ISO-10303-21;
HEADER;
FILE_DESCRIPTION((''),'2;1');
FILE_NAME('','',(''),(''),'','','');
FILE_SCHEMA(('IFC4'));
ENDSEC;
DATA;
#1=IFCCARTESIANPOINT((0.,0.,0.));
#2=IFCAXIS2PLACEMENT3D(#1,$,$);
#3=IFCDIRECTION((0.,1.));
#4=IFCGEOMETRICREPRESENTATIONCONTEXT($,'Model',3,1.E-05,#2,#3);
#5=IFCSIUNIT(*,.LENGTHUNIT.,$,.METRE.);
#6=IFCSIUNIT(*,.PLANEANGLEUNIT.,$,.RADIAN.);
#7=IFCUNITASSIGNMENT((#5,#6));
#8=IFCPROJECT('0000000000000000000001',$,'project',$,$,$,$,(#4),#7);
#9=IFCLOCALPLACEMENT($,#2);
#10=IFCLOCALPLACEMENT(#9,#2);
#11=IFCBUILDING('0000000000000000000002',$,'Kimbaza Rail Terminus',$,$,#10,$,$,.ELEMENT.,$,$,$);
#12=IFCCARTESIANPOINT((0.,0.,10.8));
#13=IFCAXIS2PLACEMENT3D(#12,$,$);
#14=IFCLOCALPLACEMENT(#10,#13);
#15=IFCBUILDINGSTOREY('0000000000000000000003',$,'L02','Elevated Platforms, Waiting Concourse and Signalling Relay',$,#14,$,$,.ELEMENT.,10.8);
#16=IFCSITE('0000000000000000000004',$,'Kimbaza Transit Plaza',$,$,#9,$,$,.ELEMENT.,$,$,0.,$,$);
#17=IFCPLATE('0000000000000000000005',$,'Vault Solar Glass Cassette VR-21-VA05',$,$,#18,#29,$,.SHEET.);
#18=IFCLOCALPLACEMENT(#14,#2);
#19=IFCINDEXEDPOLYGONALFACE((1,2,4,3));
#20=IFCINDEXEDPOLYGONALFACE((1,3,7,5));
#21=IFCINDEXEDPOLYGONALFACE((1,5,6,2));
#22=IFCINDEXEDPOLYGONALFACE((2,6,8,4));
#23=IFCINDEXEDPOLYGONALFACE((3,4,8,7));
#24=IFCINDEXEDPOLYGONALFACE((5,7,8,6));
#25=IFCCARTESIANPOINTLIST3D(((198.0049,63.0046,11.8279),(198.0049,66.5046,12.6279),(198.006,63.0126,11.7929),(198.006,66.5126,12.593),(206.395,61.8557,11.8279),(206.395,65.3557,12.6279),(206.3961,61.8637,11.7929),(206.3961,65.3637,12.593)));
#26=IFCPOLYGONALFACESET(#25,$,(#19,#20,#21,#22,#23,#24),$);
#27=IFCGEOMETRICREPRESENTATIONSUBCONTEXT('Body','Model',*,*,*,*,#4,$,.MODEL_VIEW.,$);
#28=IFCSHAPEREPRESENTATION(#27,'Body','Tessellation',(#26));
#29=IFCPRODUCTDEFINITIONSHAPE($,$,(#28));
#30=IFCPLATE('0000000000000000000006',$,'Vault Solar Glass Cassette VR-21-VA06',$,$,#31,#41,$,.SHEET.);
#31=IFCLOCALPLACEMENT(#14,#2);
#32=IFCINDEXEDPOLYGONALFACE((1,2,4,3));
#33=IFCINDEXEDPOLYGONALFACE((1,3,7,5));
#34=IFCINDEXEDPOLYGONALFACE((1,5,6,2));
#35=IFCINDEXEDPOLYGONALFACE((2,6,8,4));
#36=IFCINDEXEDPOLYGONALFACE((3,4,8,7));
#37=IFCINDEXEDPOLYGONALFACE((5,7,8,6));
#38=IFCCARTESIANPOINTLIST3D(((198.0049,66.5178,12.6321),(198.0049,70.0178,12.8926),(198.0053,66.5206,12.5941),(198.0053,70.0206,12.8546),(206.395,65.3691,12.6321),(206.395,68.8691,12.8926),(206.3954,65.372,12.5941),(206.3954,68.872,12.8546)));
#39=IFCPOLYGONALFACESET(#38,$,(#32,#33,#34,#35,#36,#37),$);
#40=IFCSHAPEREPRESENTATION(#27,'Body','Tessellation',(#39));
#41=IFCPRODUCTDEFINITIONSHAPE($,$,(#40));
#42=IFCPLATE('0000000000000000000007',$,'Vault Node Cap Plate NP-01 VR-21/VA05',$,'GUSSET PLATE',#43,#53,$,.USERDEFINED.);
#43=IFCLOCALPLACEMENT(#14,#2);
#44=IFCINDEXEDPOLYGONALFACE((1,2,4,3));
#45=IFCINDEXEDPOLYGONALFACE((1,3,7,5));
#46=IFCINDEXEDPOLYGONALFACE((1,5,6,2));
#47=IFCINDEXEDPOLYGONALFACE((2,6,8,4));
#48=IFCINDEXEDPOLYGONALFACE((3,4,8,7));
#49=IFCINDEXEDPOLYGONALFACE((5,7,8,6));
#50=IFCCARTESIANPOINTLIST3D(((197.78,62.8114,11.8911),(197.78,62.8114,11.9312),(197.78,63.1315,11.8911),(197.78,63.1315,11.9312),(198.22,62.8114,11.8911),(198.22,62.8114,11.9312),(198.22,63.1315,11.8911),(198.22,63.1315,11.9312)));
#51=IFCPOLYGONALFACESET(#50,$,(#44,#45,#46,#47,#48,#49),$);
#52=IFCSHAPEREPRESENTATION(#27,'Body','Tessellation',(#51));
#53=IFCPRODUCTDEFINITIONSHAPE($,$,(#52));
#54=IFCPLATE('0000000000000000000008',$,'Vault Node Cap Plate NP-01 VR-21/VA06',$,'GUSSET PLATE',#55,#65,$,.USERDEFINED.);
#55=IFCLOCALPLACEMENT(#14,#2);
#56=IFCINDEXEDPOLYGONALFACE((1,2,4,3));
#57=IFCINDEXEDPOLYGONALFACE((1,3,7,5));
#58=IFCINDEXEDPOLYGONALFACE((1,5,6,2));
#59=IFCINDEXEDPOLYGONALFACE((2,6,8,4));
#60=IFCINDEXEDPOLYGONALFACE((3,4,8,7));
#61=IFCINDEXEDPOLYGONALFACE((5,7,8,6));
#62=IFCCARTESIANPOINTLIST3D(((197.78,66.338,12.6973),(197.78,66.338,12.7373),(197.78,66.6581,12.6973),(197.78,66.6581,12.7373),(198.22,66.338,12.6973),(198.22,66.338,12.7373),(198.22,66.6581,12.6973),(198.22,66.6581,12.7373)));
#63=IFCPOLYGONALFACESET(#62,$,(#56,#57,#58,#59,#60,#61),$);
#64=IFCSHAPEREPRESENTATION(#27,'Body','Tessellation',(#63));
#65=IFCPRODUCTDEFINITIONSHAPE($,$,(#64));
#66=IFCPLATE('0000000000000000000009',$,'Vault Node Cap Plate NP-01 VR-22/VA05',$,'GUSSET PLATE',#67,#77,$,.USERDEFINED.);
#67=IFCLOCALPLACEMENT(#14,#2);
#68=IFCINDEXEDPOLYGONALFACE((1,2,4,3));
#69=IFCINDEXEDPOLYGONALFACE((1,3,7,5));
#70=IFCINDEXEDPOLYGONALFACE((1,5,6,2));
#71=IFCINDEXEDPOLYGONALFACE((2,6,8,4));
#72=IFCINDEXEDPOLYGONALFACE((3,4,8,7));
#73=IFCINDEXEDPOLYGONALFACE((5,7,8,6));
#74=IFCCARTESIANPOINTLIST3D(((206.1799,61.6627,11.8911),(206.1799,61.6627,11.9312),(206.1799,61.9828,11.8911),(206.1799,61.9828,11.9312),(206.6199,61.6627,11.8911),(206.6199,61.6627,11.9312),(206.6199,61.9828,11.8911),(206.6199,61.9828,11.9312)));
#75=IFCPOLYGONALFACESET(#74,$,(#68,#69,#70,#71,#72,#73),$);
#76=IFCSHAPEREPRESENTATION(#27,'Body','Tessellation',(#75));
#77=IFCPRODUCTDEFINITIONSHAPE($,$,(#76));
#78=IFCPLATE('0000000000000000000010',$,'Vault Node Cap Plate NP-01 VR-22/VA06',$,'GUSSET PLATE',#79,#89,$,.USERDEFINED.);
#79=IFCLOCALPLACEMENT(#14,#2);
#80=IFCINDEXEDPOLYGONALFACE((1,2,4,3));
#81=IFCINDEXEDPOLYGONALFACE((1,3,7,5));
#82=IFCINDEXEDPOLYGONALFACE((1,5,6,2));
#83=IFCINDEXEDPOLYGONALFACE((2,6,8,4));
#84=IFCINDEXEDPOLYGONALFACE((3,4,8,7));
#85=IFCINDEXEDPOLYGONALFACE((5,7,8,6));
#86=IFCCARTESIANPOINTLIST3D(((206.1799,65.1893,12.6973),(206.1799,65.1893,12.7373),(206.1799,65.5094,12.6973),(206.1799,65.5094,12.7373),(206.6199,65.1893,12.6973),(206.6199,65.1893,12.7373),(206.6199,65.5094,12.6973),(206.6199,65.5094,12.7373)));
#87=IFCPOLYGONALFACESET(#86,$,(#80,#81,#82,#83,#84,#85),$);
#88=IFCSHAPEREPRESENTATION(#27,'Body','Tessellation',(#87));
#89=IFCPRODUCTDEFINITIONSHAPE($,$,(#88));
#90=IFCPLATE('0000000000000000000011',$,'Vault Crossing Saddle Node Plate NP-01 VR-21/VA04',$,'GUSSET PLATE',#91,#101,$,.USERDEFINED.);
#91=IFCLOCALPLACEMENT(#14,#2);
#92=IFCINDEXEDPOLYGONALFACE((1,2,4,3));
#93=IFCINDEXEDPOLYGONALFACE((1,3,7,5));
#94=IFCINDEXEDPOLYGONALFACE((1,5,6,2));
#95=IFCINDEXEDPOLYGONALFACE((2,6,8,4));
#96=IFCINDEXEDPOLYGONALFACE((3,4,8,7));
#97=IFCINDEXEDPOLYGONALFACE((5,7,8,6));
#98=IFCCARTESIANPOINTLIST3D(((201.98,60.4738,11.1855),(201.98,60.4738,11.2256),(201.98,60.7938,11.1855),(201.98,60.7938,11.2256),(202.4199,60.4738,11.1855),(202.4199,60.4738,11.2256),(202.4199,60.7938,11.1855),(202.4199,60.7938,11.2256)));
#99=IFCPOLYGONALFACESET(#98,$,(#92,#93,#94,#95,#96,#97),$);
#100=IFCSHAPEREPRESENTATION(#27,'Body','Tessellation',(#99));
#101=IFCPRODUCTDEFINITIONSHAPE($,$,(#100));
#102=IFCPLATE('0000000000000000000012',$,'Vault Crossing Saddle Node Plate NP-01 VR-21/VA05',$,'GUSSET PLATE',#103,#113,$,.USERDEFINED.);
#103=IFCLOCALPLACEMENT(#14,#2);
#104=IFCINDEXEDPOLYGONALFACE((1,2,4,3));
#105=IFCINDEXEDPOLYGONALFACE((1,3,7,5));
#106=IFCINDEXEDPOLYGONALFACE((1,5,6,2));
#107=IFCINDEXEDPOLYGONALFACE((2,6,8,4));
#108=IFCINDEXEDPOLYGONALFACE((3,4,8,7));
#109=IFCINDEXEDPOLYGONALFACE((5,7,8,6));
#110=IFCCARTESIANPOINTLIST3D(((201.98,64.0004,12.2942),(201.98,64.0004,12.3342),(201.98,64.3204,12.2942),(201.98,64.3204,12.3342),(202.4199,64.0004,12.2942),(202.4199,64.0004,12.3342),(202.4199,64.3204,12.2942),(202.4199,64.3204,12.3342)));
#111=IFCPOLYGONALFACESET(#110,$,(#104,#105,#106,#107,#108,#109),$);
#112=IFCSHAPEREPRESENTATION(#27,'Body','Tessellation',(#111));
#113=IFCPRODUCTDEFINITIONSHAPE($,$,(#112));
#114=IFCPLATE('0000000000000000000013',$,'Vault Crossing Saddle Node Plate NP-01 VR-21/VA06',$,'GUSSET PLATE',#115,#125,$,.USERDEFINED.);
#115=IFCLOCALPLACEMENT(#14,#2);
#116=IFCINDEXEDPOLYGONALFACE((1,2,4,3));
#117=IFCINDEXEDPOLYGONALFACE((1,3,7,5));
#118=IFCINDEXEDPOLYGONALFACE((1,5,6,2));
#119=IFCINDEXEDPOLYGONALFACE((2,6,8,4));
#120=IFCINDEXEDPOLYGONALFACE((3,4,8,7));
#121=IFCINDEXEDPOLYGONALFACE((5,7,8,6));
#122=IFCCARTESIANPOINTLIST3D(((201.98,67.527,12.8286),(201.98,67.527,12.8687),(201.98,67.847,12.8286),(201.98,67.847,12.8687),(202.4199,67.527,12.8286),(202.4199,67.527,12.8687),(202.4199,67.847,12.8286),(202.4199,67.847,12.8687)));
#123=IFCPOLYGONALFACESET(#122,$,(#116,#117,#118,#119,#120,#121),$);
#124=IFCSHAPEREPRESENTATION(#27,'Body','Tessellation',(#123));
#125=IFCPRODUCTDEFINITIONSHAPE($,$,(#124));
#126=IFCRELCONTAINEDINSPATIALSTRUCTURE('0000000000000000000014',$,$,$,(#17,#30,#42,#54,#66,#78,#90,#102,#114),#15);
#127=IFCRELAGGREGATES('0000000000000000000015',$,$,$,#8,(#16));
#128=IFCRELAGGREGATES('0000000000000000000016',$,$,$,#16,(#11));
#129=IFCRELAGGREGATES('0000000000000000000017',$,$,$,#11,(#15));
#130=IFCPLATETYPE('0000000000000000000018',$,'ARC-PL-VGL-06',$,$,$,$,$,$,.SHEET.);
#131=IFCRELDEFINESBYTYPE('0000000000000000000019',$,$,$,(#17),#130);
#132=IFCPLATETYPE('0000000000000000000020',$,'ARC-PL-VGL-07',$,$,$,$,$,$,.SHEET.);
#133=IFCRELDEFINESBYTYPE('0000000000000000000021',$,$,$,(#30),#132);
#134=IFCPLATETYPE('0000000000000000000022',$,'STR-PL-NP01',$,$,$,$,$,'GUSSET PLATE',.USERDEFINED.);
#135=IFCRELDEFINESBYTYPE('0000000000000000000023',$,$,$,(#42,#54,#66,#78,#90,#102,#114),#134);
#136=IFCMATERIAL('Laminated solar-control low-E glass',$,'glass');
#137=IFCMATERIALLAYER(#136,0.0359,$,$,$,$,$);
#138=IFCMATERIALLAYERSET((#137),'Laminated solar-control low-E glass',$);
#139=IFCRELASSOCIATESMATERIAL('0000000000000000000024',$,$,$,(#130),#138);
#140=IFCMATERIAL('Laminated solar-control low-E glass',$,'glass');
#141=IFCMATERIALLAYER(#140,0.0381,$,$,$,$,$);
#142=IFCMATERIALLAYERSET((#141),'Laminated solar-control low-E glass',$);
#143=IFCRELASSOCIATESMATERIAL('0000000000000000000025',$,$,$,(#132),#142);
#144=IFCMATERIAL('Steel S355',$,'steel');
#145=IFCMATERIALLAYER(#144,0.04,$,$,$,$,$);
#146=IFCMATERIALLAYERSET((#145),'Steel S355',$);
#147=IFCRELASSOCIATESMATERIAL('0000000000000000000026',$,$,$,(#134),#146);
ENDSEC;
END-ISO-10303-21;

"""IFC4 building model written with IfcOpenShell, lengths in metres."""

from ifc_helpers import new_model, si_unit, direction, frame, origin, origin_2d, place, context, subcontext, project, spatial, polyline, rectangle, outline, extrude, material, layer, layer_set, type_object, element, save


model = new_model("IFC4")

# Units and contexts
model_context = context("Model", 3, precision=1e-05, world=origin(), true_north=direction((0.0, 1.0)))
body_context = subcontext(model_context, "Body", "Model", "MODEL_VIEW")
ifc_project = project(units=[si_unit("LENGTHUNIT", "METRE"), si_unit("PLANEANGLEUNIT", "RADIAN")], contexts=[model_context])

# Site, building, storey
site_placement = place(None, origin())
site = spatial("IfcSite", under=ifc_project, at=site_placement, Name="Kimbaza Transit Plaza", CompositionType="ELEMENT", RefElevation=0.0)
building_placement = place(site_placement, origin())
building = spatial("IfcBuilding", under=site, at=building_placement, Name="Kimbaza Rail Terminus", CompositionType="ELEMENT")
storey_placement = place(building_placement, frame((0.0, 0.0, 10.8)))
storey = spatial("IfcBuildingStorey", under=building, at=storey_placement, Name="L02", Description="Elevated Platforms, Waiting Concourse and Signalling Relay", CompositionType="ELEMENT", Elevation=10.8)

# Plates
ifc_material_1 = material(Name="Laminated solar-control low-E glass", Category="glass")
ifc_layer_1 = layer(ifc_material_1, 0.0359)
ifc_layer_set_1 = layer_set([ifc_layer_1], Name="Laminated solar-control low-E glass")
plate_type_1 = type_object("IfcPlateType", Name="ARC-PL-VGL-06", PredefinedType="SHEET", material=ifc_layer_set_1)
plate_1_placement = place(storey_placement, frame((198.0049, 63.0046, 11.8279), z_axis=(-0.030501, -0.222734, 0.974402), x_axis=(0.990754, -0.135672, 0.0)))
element("IfcPlate", 1, at=plate_1_placement, inside=storey, type_object=plate_type_1, Name="Vault Solar Glass Cassette VR-21-VA05", PredefinedType="SHEET", context=body_context, shape_type="SweptSolid", body=[
    extrude(outline(polyline([(0.0, 0.0), (8.4684, 0.0), (7.9936, 3.5587), (-0.4749, 3.5587), (0.0, 0.0)])), origin(), (0.0, 0.0, -1.0), 0.0359),
])
ifc_material_2 = material(Name="Laminated solar-control low-E glass", Category="glass")
ifc_layer_2 = layer(ifc_material_2, 0.0381)
ifc_layer_set_2 = layer_set([ifc_layer_2], Name="Laminated solar-control low-E glass")
plate_type_2 = type_object("IfcPlateType", Name="ARC-PL-VGL-07", PredefinedType="SHEET", material=ifc_layer_set_2)
plate_2_placement = place(storey_placement, frame((198.0049, 66.5178, 12.6321), z_axis=(-0.010161, -0.074219, 0.99719), x_axis=(0.990758, -0.135643, 0.0)))
element("IfcPlate", 2, at=plate_2_placement, inside=storey, type_object=plate_type_2, Name="Vault Solar Glass Cassette VR-21-VA06", PredefinedType="SHEET", context=body_context, shape_type="SweptSolid", body=[
    extrude(outline(polyline([(0.0, 0.0), (8.4684, 0.0), (7.9937, 3.4774), (-0.4748, 3.4774), (0.0, 0.0)])), origin(), (0.0, 0.0, -1.0), 0.0381),
])
ifc_material_3 = material(Name="Steel S355", Category="steel")
ifc_layer_3 = layer(ifc_material_3, 0.04)
ifc_layer_set_3 = layer_set([ifc_layer_3], Name="Steel S355")
plate_type_3 = type_object("IfcPlateType", Name="STR-PL-NP01", ElementType="GUSSET PLATE", PredefinedType="USERDEFINED", material=ifc_layer_set_3)
for number, where, z_axis, x_axis, name in (
    (3, (198.0, 62.9714, 11.8911), (0.0, 0.0, 1.0), (1.0, 0.0, 0.0), "Vault Node Cap Plate NP-01 VR-21/VA05"),
    (4, (198.0, 66.498, 12.6973), (0.0, 0.0, 1.0), (1.0, 0.0, 0.0), "Vault Node Cap Plate NP-01 VR-21/VA06"),
    (5, (206.3999, 61.8228, 11.8911), (0.0, 0.0, 1.0), (1.0, 0.0, 0.0), "Vault Node Cap Plate NP-01 VR-22/VA05"),
    (6, (206.3999, 65.3494, 12.6973), (0.0, 0.0, 1.0), (1.0, 0.0, 0.0), "Vault Node Cap Plate NP-01 VR-22/VA06"),
    (7, (202.2, 60.6338, 11.1855), (0.0, 0.0, 1.0), (1.0, 0.0, 0.0), "Vault Crossing Saddle Node Plate NP-01 VR-21/VA04"),
    (8, (202.2, 64.1604, 12.2942), (0.0, 0.0, 1.0), (1.0, 0.0, 0.0), "Vault Crossing Saddle Node Plate NP-01 VR-21/VA05"),
    (9, (202.2, 67.687, 12.8286), (0.0, 0.0, 1.0), (1.0, 0.0, 0.0), "Vault Crossing Saddle Node Plate NP-01 VR-21/VA06"),
):
    element("IfcPlate", number, at=place(storey_placement, frame(where, z_axis=z_axis, x_axis=x_axis)), inside=storey, type_object=plate_type_3, Name=name, ObjectType="GUSSET PLATE", PredefinedType="USERDEFINED", context=body_context, shape_type="SweptSolid", body=[
        extrude(rectangle(XDim=0.4399, YDim=0.3201, at=origin_2d()), origin(), (0.0, 0.0, 1.0), 0.04),
    ])

save(model, "model.ifc")
